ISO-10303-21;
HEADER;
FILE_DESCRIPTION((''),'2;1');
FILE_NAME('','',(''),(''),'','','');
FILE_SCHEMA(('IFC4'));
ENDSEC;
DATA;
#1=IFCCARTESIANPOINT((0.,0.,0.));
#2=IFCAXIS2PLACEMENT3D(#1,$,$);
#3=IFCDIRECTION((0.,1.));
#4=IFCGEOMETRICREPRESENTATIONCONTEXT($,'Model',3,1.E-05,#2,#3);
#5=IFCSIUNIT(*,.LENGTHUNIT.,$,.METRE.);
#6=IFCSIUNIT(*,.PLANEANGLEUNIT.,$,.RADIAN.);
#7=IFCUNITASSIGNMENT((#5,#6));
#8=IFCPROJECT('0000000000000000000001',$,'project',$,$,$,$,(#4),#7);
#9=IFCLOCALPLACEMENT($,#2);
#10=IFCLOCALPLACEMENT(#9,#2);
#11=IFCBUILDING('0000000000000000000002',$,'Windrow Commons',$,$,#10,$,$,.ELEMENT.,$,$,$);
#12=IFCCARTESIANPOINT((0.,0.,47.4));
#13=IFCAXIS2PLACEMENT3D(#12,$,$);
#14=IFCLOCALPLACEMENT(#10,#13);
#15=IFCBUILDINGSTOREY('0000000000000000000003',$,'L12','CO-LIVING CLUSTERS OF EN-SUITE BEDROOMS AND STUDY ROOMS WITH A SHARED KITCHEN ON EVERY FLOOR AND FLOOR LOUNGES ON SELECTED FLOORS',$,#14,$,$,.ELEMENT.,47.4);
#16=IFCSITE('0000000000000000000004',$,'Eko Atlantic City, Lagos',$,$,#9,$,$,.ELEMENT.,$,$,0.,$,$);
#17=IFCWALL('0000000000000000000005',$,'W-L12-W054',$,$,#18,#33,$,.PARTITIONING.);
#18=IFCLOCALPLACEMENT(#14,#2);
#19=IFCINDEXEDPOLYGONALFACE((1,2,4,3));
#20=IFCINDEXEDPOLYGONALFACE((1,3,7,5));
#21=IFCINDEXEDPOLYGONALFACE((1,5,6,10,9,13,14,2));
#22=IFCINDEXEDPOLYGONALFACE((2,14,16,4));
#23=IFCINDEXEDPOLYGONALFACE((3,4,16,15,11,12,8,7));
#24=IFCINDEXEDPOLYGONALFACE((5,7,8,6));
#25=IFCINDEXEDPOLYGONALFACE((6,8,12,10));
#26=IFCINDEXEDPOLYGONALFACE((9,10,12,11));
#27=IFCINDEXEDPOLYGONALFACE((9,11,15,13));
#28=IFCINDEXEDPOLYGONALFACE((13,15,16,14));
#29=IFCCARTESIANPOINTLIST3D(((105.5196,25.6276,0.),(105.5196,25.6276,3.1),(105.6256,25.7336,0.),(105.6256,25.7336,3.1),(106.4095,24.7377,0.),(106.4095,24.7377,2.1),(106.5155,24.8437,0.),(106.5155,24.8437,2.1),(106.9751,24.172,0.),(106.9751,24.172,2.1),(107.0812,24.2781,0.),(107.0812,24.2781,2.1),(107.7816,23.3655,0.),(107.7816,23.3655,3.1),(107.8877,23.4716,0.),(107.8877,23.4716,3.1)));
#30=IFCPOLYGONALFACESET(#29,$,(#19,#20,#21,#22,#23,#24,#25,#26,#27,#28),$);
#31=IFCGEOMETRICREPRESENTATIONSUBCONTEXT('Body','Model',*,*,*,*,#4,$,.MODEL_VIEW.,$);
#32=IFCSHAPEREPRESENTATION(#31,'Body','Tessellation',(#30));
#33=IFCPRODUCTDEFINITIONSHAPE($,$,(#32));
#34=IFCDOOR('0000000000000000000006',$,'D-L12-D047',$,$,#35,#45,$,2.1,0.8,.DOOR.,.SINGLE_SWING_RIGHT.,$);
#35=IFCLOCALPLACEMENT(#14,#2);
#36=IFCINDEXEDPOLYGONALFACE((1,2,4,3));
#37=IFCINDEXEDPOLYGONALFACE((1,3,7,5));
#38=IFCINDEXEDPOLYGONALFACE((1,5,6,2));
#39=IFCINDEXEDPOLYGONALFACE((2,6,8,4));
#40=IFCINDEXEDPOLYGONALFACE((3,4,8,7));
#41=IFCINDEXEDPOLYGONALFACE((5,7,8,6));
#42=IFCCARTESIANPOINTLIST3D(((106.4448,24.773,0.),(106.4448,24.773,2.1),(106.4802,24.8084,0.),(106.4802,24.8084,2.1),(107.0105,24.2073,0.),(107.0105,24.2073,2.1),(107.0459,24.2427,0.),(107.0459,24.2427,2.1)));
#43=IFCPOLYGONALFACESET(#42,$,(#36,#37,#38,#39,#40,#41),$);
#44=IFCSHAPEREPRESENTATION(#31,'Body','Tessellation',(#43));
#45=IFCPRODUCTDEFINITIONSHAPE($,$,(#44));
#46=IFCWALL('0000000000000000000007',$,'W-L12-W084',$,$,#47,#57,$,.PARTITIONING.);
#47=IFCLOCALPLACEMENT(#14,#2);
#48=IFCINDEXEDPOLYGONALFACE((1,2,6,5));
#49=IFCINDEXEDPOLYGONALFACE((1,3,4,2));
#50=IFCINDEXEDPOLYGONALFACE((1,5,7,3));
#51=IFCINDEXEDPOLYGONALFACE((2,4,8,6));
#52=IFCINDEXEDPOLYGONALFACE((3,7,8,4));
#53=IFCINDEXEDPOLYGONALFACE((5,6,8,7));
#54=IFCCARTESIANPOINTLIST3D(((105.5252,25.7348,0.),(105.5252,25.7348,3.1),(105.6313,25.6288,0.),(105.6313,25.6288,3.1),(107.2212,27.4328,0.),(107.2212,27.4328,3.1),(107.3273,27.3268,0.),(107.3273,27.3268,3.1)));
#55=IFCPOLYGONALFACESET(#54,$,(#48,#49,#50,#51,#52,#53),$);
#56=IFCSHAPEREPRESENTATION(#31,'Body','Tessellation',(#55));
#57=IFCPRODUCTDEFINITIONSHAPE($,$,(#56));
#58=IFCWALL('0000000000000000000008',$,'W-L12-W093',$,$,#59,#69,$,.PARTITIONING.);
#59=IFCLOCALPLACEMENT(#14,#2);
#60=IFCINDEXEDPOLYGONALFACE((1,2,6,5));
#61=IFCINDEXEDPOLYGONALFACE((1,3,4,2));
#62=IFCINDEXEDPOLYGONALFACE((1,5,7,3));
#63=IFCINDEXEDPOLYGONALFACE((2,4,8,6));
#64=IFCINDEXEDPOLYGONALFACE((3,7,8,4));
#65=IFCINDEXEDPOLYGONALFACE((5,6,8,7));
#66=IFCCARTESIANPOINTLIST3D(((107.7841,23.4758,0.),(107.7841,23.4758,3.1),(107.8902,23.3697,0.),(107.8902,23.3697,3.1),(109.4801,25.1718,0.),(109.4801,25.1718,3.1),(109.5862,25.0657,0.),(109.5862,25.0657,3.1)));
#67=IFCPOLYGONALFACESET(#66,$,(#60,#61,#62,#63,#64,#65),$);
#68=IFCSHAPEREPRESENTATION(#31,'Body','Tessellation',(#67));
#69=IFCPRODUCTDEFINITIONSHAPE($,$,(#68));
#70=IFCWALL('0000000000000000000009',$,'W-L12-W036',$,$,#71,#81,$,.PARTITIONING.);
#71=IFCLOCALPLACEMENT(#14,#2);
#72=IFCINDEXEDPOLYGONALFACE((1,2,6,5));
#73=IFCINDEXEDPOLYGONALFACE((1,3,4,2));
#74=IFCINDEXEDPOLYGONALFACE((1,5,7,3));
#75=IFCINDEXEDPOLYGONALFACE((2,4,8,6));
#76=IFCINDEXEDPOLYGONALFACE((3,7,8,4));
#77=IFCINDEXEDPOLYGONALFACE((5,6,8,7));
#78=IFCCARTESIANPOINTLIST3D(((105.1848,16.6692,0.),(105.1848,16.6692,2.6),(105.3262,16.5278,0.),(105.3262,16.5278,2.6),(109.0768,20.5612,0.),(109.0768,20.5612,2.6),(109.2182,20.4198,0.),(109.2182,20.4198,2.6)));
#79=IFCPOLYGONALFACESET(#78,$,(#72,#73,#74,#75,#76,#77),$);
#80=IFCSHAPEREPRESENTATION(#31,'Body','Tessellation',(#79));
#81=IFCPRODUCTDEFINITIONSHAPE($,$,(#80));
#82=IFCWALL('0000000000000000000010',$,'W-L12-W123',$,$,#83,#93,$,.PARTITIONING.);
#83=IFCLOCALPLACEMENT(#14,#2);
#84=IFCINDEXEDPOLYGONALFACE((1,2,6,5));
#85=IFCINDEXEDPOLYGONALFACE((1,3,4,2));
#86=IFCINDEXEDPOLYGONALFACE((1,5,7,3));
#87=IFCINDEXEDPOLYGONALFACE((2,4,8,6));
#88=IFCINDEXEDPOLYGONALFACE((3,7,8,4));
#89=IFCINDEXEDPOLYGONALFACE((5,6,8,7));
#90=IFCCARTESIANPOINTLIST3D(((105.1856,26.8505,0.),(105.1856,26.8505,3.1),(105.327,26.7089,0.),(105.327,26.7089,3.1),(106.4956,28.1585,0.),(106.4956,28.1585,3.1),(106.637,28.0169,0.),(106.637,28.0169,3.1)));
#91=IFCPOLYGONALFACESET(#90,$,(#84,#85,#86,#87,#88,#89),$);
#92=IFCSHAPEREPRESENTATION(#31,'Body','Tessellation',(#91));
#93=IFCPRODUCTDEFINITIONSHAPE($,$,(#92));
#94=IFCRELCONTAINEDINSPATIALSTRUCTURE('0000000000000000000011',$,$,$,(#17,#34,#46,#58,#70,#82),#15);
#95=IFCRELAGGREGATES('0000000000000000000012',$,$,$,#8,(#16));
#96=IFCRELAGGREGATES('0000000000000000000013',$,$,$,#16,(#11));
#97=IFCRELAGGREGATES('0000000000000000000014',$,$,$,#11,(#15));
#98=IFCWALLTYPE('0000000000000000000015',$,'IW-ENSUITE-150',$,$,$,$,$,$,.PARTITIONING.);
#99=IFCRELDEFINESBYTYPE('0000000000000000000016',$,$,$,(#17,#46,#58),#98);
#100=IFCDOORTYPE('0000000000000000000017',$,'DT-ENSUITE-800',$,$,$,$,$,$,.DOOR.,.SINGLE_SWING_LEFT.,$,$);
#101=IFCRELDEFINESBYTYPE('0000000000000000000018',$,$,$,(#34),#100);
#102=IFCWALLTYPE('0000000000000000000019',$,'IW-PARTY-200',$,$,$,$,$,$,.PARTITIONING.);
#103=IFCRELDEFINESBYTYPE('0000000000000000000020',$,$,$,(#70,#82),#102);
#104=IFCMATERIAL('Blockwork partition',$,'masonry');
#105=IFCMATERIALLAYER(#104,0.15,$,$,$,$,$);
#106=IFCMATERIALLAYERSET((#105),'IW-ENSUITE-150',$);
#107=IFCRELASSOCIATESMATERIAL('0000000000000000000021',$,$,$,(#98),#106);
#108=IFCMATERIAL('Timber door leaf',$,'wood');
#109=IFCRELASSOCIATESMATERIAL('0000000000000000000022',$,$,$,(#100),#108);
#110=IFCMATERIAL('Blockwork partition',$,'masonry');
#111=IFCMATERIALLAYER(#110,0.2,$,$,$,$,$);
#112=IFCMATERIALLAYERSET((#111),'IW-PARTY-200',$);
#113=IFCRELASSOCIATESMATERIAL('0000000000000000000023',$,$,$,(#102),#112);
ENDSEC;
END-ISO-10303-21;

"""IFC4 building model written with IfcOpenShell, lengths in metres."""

from ifc_helpers import new_model, si_unit, direction, frame, frame_2d, origin, place, context, subcontext, project, spatial, rectangle, extrude, material, layer, layer_set, type_object, element, fill, save


model = new_model("IFC4")

# Units and contexts
model_context = context("Model", 3, precision=1e-05, world=origin(), true_north=direction((0.0, 1.0)))
body_context = subcontext(model_context, "Body", "Model", "MODEL_VIEW")
ifc_project = project(units=[si_unit("LENGTHUNIT", "METRE"), si_unit("PLANEANGLEUNIT", "RADIAN")], contexts=[model_context])

# Site, building, storey
site_placement = place(None, origin())
site = spatial("IfcSite", under=ifc_project, at=site_placement, Name="Eko Atlantic City, Lagos", CompositionType="ELEMENT", RefElevation=0.0)
building_placement = place(site_placement, origin())
building = spatial("IfcBuilding", under=site, at=building_placement, Name="Windrow Commons", CompositionType="ELEMENT")
storey_placement = place(building_placement, frame((0.0, 0.0, 47.4)))
storey = spatial("IfcBuildingStorey", under=building, at=storey_placement, Name="L12", Description="CO-LIVING CLUSTERS OF EN-SUITE BEDROOMS AND STUDY ROOMS WITH A SHARED KITCHEN ON EVERY FLOOR AND FLOOR LOUNGES ON SELECTED FLOORS", CompositionType="ELEMENT", Elevation=47.4)

# Wall, opening, door
ifc_material_1 = material(Name="Blockwork partition", Category="masonry")
ifc_layer_1 = layer(ifc_material_1, 0.15)
ifc_layer_set_1 = layer_set([ifc_layer_1], Name="IW-ENSUITE-150")
wall_type_1 = type_object("IfcWallType", Name="IW-ENSUITE-150", PredefinedType="PARTITIONING", material=ifc_layer_set_1)
wall_1_placement = place(storey_placement, frame((105.5726, 25.6806, 0.0), z_axis=(0.0, 0.0, 1.0), x_axis=(0.707107, -0.707107, 0.0)))
wall_1 = element("IfcWall", 1, at=wall_1_placement, inside=storey, type_object=wall_type_1, Name="W-L12-W054", PredefinedType="PARTITIONING", context=body_context, shape_type="SweptSolid", body=[
    extrude(rectangle(XDim=3.199, YDim=0.15, at=frame_2d((1.5995, 0.0))), origin(), (0.0, 0.0, 1.0), 3.1),
])
opening_1_placement = place(wall_1_placement, frame((1.2585, 0.0, 0.0)))
opening_1 = element("IfcOpeningElement", 2, at=opening_1_placement, cuts=wall_1, PredefinedType="OPENING", context=body_context, shape_type="SweptSolid", body=[
    extrude(rectangle(XDim=0.8, YDim=2.1, at=frame_2d((0.4, 1.05))), frame((0.0, 0.085, 0.0), z_axis=(0.0, -1.0, 0.0), x_axis=(1.0, 0.0, 0.0)), (0.0, 0.0, 1.0), 0.17),
])
ifc_material_2 = material(Name="Timber door leaf", Category="wood")
door_type = type_object("IfcDoorType", Name="DT-ENSUITE-800", OperationType="SINGLE_SWING_LEFT", PredefinedType="DOOR", material=ifc_material_2)
door_placement = place(opening_1_placement, origin())
door = element("IfcDoor", 3, at=door_placement, inside=storey, type_object=door_type, Name="D-L12-D047", OperationType="SINGLE_SWING_RIGHT", OverallHeight=2.1, OverallWidth=0.8, PredefinedType="DOOR", context=body_context, shape_type="SweptSolid", body=[
    extrude(rectangle(XDim=0.8, YDim=2.1, at=frame_2d((0.4, 1.05))), frame((0.0, 0.025, 0.0), z_axis=(0.0, -1.0, 0.0), x_axis=(1.0, 0.0, 0.0)), (0.0, 0.0, 1.0), 0.05),
])
fill(opening_1, door)

# Walls
wall_2_placement = place(storey_placement, frame((105.5782, 25.6818, 0.0), z_axis=(0.0, 0.0, 1.0), x_axis=(0.70669, 0.707523, 0.0)))
element("IfcWall", 4, at=wall_2_placement, inside=storey, type_object=wall_type_1, Name="W-L12-W084", PredefinedType="PARTITIONING", context=body_context, shape_type="SweptSolid", body=[
    extrude(rectangle(XDim=2.3999, YDim=0.15, at=frame_2d((1.2, 0.0))), origin(), (0.0, 0.0, 1.0), 3.1),
])
wall_3_placement = place(storey_placement, frame((107.8372, 23.4228, 0.0), z_axis=(0.0, 0.0, 1.0), x_axis=(0.707107, 0.707107, 0.0)))
element("IfcWall", 5, at=wall_3_placement, inside=storey, type_object=wall_type_1, Name="W-L12-W093", PredefinedType="PARTITIONING", context=body_context, shape_type="SweptSolid", body=[
    extrude(rectangle(XDim=2.3985, YDim=0.15, at=frame_2d((1.1992, 0.0))), origin(), (0.0, 0.0, 1.0), 3.1),
])
ifc_material_3 = material(Name="Blockwork partition", Category="masonry")
ifc_layer_2 = layer(ifc_material_3, 0.2)
ifc_layer_set_2 = layer_set([ifc_layer_2], Name="IW-PARTY-200")
wall_type_2 = type_object("IfcWallType", Name="IW-PARTY-200", PredefinedType="PARTITIONING", material=ifc_layer_set_2)
wall_4_placement = place(storey_placement, frame((105.2555, 16.5985, 0.0), z_axis=(0.0, 0.0, 1.0), x_axis=(0.707107, 0.707107, 0.0)))
element("IfcWall", 6, at=wall_4_placement, inside=storey, type_object=wall_type_2, Name="W-L12-W036", PredefinedType="PARTITIONING", context=body_context, shape_type="SweptSolid", body=[
    extrude(rectangle(XDim=5.5041, YDim=0.2, at=frame_2d((2.7521, 0.0))), origin(), (0.0, 0.0, 1.0), 2.6),
])
wall_5_placement = place(storey_placement, frame((105.2563, 26.7797, 0.0), z_axis=(0.0, 0.0, 1.0), x_axis=(0.707647, 0.706566, 0.0)))
element("IfcWall", 7, at=wall_5_placement, inside=storey, type_object=wall_type_2, Name="W-L12-W123", PredefinedType="PARTITIONING", context=body_context, shape_type="SweptSolid", body=[
    extrude(rectangle(XDim=1.8512, YDim=0.2, at=frame_2d((0.9256, 0.0))), origin(), (0.0, 0.0, 1.0), 3.1),
])

save(model, "model.ifc")
